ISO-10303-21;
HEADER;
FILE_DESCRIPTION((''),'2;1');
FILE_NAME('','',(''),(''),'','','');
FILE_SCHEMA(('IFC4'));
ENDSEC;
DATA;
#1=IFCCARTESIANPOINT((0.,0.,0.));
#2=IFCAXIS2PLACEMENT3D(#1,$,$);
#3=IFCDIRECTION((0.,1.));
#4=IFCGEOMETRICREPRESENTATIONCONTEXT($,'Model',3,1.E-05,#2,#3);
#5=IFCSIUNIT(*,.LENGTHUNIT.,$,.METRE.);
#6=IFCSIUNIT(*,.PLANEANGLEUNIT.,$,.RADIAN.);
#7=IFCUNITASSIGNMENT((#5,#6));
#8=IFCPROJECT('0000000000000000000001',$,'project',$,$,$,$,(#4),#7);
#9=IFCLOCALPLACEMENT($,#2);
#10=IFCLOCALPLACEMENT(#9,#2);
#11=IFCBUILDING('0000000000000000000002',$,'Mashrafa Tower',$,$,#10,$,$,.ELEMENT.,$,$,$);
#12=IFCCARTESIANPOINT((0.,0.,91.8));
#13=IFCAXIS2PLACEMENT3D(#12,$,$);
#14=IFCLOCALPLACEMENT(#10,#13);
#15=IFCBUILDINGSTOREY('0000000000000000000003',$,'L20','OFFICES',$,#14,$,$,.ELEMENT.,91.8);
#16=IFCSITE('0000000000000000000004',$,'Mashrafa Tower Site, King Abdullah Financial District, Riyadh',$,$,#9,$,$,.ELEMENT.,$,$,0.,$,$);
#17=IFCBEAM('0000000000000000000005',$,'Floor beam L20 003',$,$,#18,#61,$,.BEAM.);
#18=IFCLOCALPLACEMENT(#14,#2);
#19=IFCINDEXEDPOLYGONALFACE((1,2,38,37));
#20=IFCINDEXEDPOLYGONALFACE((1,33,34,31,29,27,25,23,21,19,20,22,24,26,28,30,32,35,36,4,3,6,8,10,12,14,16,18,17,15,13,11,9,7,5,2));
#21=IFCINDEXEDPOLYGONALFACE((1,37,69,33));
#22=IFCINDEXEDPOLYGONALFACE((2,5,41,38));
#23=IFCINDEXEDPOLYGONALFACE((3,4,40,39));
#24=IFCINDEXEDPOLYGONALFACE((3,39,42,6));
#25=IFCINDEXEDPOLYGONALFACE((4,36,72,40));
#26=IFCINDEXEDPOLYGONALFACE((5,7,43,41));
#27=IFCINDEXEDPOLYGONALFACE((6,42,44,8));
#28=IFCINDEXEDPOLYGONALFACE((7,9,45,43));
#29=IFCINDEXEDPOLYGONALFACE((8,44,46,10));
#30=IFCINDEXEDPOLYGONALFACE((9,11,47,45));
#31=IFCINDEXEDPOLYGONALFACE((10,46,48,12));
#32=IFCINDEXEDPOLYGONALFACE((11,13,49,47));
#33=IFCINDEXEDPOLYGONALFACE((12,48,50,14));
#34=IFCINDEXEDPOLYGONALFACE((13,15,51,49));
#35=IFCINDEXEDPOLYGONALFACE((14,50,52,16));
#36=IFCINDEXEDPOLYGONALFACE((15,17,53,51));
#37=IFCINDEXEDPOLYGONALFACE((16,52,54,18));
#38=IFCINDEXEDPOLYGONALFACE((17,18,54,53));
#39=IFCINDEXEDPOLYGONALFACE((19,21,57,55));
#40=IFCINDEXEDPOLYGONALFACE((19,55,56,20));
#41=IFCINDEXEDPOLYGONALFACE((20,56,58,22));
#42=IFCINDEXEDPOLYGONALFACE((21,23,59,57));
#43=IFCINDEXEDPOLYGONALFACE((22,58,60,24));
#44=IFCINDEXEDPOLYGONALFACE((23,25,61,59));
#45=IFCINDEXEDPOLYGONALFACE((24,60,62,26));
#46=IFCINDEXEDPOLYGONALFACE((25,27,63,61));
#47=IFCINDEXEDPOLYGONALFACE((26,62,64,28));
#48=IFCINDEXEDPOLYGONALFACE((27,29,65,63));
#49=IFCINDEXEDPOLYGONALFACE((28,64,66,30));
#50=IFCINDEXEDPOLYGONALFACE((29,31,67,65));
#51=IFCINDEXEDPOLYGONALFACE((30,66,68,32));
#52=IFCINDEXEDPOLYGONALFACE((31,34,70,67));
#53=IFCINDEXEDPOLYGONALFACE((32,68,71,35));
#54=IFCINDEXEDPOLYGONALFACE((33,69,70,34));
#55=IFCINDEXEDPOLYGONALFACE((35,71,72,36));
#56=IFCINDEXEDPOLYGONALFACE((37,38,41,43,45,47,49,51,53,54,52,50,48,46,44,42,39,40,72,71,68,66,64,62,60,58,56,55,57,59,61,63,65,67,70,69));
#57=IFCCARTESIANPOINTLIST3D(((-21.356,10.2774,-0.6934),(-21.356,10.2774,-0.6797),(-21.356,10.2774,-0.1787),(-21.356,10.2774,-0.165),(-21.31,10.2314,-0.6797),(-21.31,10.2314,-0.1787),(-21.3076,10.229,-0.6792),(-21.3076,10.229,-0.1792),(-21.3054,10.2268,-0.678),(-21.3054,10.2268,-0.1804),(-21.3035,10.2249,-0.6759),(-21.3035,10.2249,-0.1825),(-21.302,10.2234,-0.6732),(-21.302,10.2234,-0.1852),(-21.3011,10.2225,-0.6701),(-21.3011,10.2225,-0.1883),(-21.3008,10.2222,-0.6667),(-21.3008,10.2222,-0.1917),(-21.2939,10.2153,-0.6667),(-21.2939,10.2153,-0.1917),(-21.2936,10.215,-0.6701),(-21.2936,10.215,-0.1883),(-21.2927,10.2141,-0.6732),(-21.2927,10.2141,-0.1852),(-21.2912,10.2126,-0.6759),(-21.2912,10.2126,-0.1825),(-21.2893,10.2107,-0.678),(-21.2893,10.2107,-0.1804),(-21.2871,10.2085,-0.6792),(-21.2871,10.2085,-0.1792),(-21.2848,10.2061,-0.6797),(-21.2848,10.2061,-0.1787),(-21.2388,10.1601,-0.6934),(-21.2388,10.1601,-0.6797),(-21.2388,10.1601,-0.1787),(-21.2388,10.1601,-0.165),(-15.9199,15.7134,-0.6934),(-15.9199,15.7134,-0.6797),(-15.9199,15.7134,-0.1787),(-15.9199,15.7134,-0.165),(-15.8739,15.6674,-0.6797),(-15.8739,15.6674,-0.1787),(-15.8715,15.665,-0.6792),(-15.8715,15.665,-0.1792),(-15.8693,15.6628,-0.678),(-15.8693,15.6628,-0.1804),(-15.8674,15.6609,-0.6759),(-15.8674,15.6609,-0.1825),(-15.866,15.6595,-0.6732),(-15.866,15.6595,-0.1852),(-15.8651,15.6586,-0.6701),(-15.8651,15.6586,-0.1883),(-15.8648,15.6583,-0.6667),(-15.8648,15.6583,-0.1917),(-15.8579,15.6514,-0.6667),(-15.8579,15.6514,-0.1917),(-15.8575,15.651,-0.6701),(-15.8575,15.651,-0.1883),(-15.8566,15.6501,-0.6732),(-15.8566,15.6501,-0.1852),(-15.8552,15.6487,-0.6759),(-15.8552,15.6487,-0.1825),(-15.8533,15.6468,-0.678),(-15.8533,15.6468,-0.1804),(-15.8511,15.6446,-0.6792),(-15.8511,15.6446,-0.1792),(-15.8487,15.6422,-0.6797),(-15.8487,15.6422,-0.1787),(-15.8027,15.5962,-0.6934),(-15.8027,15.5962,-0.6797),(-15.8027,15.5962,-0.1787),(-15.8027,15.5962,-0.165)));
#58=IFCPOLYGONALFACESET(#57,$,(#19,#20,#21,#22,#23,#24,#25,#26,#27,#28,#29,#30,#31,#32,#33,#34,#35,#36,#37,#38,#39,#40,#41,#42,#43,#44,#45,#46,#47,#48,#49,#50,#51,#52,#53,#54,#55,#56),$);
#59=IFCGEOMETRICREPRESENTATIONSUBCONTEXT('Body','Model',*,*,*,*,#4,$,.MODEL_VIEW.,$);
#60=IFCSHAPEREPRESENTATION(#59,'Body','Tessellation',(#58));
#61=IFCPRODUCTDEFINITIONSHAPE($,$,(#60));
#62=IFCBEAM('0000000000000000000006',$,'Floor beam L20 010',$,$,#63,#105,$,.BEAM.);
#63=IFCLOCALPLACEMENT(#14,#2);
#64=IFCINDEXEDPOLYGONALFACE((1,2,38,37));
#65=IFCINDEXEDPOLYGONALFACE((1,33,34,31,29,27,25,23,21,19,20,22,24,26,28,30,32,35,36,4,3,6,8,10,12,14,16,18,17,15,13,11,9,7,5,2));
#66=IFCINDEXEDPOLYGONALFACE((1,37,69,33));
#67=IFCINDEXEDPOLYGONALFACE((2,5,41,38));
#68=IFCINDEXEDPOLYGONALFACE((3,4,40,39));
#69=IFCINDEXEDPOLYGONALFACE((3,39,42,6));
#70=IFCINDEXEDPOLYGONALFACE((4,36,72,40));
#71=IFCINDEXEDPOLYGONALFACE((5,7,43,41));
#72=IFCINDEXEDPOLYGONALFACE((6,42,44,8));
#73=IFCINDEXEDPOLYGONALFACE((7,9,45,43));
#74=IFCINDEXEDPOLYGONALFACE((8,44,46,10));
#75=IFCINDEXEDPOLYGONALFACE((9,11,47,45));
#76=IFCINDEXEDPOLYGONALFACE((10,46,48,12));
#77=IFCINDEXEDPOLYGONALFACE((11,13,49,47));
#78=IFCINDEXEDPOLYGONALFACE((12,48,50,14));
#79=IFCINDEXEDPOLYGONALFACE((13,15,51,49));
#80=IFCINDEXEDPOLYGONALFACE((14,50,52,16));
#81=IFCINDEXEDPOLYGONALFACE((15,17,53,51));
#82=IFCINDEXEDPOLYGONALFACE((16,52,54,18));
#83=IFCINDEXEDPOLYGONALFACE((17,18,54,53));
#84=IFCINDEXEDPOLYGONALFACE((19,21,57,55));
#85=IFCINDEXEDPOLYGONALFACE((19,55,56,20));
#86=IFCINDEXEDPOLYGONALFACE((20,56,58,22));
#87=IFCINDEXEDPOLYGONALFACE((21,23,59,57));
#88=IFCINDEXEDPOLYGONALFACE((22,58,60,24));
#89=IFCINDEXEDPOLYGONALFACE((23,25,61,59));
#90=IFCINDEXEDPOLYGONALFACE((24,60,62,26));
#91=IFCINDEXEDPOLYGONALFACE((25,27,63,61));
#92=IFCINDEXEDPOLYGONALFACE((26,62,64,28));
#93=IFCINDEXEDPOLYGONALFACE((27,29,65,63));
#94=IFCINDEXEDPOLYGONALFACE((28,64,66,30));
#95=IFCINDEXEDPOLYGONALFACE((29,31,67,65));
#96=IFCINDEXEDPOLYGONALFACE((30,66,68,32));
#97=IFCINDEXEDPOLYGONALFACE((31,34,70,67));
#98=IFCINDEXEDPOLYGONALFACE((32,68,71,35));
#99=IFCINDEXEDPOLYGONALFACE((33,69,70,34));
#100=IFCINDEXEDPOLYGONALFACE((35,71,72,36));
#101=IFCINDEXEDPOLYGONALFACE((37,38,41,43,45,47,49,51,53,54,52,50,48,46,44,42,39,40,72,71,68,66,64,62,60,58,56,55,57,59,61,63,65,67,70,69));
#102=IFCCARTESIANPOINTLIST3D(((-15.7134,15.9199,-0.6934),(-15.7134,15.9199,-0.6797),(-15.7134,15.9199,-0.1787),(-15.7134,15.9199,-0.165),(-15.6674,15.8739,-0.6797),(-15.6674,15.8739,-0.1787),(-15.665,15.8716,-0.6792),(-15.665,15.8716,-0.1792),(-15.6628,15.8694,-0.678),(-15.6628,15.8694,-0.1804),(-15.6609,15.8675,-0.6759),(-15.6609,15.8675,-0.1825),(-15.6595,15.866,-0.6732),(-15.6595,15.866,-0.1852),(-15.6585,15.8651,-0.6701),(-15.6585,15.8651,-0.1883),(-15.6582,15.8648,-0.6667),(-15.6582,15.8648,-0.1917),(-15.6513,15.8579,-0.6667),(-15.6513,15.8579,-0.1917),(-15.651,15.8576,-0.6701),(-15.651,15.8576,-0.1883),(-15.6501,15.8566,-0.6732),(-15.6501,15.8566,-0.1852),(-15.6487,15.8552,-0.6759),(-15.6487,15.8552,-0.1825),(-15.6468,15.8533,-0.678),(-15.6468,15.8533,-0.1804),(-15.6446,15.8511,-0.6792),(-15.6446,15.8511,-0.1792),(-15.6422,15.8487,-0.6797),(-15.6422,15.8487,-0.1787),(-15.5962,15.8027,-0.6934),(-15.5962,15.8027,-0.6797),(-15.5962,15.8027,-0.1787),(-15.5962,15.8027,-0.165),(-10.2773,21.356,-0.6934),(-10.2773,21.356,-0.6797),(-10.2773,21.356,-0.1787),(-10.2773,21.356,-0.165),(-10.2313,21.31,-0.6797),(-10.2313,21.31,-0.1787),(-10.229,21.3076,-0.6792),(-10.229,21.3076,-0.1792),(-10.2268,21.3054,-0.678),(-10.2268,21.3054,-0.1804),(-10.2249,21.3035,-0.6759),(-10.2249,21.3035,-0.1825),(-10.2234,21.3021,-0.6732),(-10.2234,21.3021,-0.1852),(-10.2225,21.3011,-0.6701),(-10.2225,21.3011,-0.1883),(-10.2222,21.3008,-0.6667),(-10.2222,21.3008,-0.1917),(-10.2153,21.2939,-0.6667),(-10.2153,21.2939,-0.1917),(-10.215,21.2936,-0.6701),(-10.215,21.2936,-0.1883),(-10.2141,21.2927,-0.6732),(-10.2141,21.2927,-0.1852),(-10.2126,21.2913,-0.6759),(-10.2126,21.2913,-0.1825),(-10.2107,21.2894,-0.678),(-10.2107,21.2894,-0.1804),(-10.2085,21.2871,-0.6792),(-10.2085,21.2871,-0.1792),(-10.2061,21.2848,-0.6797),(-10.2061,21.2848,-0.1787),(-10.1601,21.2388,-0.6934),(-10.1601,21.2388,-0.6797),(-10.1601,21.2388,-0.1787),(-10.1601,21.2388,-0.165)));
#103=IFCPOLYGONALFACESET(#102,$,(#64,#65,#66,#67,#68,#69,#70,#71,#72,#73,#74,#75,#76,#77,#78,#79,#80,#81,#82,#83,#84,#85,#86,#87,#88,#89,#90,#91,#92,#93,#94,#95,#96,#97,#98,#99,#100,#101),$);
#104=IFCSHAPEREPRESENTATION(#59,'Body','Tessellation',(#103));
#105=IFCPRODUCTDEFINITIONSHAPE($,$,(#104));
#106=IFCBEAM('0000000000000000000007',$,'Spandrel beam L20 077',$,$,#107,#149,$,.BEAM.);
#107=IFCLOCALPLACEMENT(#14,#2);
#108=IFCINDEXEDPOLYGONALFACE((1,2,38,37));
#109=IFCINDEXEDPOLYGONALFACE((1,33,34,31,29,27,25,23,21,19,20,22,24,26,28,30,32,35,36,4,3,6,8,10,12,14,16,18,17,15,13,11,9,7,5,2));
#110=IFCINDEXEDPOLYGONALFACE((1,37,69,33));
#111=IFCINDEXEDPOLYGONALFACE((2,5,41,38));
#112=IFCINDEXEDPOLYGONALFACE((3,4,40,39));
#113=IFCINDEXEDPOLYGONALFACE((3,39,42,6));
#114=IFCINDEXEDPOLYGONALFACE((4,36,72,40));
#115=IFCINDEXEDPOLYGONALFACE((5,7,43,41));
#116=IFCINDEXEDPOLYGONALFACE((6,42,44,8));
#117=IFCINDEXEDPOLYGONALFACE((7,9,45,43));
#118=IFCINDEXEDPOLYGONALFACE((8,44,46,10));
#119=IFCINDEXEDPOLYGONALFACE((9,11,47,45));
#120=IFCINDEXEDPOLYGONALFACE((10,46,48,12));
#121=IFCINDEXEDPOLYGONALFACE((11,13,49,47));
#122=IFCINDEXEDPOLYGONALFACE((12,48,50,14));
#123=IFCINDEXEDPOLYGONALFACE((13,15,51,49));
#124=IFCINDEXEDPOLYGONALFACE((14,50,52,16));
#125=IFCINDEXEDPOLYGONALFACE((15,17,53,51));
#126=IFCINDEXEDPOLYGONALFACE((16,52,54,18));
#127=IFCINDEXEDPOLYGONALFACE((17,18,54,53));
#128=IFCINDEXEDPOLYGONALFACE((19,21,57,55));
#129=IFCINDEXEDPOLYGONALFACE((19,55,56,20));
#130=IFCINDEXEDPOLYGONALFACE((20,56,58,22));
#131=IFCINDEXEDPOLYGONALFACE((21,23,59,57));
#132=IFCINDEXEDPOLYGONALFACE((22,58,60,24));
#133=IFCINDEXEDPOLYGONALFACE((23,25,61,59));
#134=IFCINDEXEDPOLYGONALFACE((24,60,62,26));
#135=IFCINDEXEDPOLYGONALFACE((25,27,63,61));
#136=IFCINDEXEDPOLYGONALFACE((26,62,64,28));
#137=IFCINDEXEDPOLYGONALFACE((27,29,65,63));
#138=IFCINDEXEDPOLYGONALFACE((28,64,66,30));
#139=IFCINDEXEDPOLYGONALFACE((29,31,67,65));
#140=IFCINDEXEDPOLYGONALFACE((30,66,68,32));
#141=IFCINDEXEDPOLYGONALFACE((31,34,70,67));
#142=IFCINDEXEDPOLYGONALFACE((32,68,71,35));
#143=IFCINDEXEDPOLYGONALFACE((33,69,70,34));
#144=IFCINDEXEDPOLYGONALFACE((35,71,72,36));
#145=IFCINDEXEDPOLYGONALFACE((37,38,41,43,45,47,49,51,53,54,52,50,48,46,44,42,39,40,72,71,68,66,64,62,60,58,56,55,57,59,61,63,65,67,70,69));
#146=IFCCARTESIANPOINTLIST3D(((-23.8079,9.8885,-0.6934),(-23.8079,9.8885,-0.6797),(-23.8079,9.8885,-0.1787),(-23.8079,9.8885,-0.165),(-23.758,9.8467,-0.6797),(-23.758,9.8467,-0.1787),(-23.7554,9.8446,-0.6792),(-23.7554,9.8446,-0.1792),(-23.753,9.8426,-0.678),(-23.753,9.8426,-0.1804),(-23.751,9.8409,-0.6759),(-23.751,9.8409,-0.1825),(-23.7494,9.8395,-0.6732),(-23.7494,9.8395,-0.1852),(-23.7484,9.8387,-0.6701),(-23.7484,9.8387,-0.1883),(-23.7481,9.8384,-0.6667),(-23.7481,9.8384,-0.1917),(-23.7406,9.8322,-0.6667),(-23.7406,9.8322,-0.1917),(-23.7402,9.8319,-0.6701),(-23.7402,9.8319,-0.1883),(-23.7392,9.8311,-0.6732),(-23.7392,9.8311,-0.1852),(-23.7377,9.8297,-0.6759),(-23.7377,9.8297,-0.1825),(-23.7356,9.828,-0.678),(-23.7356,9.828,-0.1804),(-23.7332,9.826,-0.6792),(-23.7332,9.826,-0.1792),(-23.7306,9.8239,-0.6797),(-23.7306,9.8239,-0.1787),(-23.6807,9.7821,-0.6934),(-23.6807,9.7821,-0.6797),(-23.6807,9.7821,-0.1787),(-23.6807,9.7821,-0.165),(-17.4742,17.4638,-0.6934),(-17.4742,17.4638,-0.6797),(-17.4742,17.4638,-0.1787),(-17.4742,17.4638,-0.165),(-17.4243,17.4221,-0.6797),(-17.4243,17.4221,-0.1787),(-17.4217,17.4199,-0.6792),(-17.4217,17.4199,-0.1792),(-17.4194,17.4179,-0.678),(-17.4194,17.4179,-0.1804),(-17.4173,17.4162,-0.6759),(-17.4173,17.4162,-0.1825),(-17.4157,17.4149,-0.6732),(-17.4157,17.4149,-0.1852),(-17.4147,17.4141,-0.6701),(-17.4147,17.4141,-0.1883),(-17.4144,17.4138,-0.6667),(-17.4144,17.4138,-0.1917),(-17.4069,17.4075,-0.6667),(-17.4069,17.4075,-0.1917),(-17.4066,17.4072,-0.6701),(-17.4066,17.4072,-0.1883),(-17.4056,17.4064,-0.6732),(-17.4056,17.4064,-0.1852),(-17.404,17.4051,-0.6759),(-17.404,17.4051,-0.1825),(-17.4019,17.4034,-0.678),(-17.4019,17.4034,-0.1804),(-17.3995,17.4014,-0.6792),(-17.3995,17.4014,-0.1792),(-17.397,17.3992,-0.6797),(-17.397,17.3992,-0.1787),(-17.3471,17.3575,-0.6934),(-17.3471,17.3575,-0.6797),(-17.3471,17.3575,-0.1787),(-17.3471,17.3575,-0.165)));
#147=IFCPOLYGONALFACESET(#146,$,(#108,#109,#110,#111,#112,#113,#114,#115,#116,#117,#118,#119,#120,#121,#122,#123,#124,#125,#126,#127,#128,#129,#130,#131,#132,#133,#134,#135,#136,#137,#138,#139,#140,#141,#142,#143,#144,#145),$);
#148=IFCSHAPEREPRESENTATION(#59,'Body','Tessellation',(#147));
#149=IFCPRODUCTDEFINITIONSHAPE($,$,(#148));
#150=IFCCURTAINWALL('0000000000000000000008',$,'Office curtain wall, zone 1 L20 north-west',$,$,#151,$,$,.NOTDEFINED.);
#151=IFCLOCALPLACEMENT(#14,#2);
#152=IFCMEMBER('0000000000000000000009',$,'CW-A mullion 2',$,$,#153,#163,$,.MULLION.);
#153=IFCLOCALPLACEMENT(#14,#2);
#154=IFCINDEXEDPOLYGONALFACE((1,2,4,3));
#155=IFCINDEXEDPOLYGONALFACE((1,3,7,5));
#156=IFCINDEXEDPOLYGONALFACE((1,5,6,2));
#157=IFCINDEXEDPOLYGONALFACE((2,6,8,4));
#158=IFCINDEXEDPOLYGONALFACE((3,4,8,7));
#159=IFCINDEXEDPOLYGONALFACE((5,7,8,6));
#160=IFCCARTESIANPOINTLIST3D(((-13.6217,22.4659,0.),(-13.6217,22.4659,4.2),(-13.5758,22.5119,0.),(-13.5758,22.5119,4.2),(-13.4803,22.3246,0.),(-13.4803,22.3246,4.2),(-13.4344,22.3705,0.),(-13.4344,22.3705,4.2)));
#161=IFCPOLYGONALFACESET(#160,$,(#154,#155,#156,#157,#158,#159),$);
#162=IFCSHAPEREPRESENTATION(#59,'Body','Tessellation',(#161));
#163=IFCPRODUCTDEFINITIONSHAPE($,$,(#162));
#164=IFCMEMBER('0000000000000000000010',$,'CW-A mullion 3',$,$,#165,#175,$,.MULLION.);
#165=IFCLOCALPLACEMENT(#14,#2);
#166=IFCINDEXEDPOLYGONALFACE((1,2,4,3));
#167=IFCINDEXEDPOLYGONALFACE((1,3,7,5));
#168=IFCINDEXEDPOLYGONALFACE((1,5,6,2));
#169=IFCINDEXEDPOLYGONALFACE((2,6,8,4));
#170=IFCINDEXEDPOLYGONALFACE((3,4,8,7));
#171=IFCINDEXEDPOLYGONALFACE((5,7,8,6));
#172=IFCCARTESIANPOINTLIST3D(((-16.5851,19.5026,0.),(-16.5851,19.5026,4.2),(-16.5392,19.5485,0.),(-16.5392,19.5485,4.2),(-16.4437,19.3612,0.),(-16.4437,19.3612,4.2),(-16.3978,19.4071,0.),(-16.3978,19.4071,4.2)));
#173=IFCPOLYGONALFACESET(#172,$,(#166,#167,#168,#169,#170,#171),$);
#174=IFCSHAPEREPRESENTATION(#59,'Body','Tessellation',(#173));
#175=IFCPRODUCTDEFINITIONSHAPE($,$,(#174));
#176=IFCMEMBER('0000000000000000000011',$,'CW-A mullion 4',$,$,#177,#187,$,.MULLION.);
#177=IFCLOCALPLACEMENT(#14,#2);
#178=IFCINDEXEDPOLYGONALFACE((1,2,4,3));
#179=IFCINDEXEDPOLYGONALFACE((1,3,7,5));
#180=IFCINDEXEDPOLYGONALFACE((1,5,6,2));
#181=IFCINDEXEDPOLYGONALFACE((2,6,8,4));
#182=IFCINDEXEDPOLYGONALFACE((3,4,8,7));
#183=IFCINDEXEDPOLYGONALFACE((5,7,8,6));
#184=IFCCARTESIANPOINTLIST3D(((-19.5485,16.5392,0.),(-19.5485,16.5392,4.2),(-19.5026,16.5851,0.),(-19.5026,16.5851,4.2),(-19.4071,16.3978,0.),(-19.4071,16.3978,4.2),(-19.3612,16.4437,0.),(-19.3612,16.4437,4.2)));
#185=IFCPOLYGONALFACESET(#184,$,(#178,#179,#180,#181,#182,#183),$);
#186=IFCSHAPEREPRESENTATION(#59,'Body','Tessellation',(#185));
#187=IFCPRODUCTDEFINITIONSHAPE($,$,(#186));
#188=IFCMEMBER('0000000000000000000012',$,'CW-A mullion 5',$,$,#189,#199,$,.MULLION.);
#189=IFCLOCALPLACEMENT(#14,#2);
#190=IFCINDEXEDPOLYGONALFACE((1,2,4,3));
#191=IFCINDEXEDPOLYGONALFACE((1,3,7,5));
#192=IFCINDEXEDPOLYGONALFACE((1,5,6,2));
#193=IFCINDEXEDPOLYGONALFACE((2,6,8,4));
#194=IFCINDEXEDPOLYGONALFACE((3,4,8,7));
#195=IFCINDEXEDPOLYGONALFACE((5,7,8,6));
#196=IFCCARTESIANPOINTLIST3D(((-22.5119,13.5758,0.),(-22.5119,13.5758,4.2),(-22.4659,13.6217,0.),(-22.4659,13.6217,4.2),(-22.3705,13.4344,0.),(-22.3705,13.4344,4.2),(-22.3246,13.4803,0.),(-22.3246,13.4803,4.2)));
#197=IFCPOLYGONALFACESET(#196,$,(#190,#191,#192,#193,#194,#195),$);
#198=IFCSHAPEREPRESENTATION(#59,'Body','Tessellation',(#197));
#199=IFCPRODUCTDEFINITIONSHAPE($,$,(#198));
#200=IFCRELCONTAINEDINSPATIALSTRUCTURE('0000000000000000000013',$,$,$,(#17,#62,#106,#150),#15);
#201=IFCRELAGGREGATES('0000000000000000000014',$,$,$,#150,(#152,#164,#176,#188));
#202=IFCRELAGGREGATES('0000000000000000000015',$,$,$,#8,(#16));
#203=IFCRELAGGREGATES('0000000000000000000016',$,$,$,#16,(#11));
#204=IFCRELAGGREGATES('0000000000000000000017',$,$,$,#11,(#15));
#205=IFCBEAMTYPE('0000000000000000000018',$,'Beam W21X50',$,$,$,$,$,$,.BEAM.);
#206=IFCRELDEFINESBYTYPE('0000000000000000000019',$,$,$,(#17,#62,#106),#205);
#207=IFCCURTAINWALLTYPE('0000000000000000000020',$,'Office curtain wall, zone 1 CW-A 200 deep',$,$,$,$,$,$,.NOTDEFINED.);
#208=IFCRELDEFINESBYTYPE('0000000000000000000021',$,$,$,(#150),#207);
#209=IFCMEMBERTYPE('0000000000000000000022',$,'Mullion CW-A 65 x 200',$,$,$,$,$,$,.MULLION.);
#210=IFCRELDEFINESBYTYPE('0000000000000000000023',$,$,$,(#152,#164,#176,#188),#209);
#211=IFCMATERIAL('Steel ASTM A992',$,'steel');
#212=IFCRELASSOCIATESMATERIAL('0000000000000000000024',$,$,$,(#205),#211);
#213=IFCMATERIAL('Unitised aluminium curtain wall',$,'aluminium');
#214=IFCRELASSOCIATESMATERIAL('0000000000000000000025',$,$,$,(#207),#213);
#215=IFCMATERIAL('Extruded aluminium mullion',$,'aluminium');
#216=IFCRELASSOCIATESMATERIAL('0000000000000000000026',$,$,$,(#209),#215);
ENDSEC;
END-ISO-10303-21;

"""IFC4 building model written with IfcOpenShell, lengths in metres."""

from ifc_helpers import new_model, si_unit, direction, frame, origin, origin_2d, place, context, subcontext, project, spatial, rectangle, i_section, extrude, source, transform, mapped, material, material_profile, profile_set, type_object, type_shapes, element, aggregate, save


model = new_model("IFC4")

# Units and contexts
model_context = context("Model", 3, precision=1e-05, world=origin(), true_north=direction((0.0, 1.0)))
body_context = subcontext(model_context, "Body", "Model", "MODEL_VIEW")
ifc_project = project(units=[si_unit("LENGTHUNIT", "METRE"), si_unit("PLANEANGLEUNIT", "RADIAN")], contexts=[model_context])

# Site, building, storey
site_placement = place(None, origin())
site = spatial("IfcSite", under=ifc_project, at=site_placement, Name="Mashrafa Tower Site, King Abdullah Financial District, Riyadh", CompositionType="ELEMENT", RefElevation=0.0)
building_placement = place(site_placement, origin())
building = spatial("IfcBuilding", under=site, at=building_placement, Name="Mashrafa Tower", CompositionType="ELEMENT")
storey_placement = place(building_placement, frame((0.0, 0.0, 91.8)))
storey = spatial("IfcBuildingStorey", under=building, at=storey_placement, Name="L20", Description="OFFICES", CompositionType="ELEMENT", Elevation=91.8)

# Beams
ifc_material_1 = material(Name="Steel ASTM A992", Category="steel")
ifc_material_profile_1 = material_profile(ifc_material_1, i_section(OverallWidth=0.1658, OverallDepth=0.5283, WebThickness=0.0098, FlangeThickness=0.0137, FilletRadius=0.0129, at=origin_2d()), Name="W21X50")
ifc_profile_set_1 = profile_set([ifc_material_profile_1], Name="Steel ASTM A992")
beam_type_1 = type_object("IfcBeamType", Name="Beam W21X50", PredefinedType="BEAM", material=ifc_profile_set_1)
for number, where, z_axis, x_axis, name in (
    (1, (-21.2974, 10.2188, -0.4292), (0.707107, 0.707107, 0.0), (-0.707107, 0.707107, 0.0), "Floor beam L20 003"),
    (2, (-15.6548, 15.8613, -0.4292), (0.707107, 0.707107, 0.0), (-0.707107, 0.707107, 0.0), "Floor beam L20 010"),
):
    element("IfcBeam", number, at=place(storey_placement, frame(where, z_axis=z_axis, x_axis=x_axis)), inside=storey, type_object=beam_type_1, Name=name, PredefinedType="BEAM", context=body_context, shape_type="SweptSolid", body=[
        extrude(i_section(OverallWidth=0.1658, OverallDepth=0.5283, WebThickness=0.0098, FlangeThickness=0.0137, FilletRadius=0.0129, at=origin_2d()), origin(), (0.0, 0.0, 1.0), 7.6877),
    ])
beam_1_placement = place(storey_placement, frame((-17.4106, 17.4106, -0.4292), z_axis=(-0.641431, -0.767181, 0.0), x_axis=(0.767181, -0.641431, 0.0)))
element("IfcBeam", 3, at=beam_1_placement, inside=storey, type_object=beam_type_1, Name="Spandrel beam L20 077", PredefinedType="BEAM", context=body_context, shape_type="SweptSolid", body=[
    extrude(i_section(OverallWidth=0.1658, OverallDepth=0.5283, WebThickness=0.0098, FlangeThickness=0.0137, FilletRadius=0.0129, at=origin_2d()), origin(), (0.0, 0.0, 1.0), 9.8743),
])

# Curtain wall, members
ifc_material_2 = material(Name="Unitised aluminium curtain wall", Category="aluminium")
curtain_wall_type = type_object("IfcCurtainWallType", Name="Office curtain wall, zone 1 CW-A 200 deep", PredefinedType="NOTDEFINED", material=ifc_material_2)
curtain_wall_1_placement = place(storey_placement, origin())
curtain_wall_1 = element("IfcCurtainWall", 4, at=curtain_wall_1_placement, inside=storey, type_object=curtain_wall_type, Name="Office curtain wall, zone 1 L20 north-west", PredefinedType="NOTDEFINED")
ifc_material_3 = material(Name="Extruded aluminium mullion", Category="aluminium")
ifc_material_profile_2 = material_profile(ifc_material_3, rectangle(XDim=0.2, YDim=0.0649, at=origin_2d()), Name="Mullion 65x200")
ifc_profile_set_2 = profile_set([ifc_material_profile_2], Name="Extruded aluminium mullion")
member_type_1 = type_object("IfcMemberType", Name="Mullion CW-A 65 x 200", PredefinedType="MULLION", material=ifc_profile_set_2)
shared_shape_1 = source(origin(), body_context, "Body", "SweptSolid", [
    extrude(rectangle(XDim=0.2, YDim=0.0649, at=origin_2d()), origin(), (0.0, 0.0, 1.0), 4.2),
])
type_shapes(member_type_1, [shared_shape_1])
member_1_placement = place(storey_placement, frame((-13.5281, 22.4182, 0.0), z_axis=(0.0, 0.0, 1.0), x_axis=(0.707107, -0.707107, 0.0)))
member_1 = element("IfcMember", 5, at=member_1_placement, type_object=member_type_1, Name="CW-A mullion 2", PredefinedType="MULLION", context=body_context, shape_type="MappedRepresentation", body=[
    mapped(shared_shape_1, transform((0.0, 0.0, 0.0))),
])
member_2_placement = place(storey_placement, frame((-16.4915, 19.4548, 0.0), z_axis=(0.0, 0.0, 1.0), x_axis=(0.707107, -0.707107, 0.0)))
member_2 = element("IfcMember", 6, at=member_2_placement, type_object=member_type_1, Name="CW-A mullion 3", PredefinedType="MULLION", context=body_context, shape_type="MappedRepresentation", body=[
    mapped(shared_shape_1, transform((0.0, 0.0, 0.0))),
])
member_3_placement = place(storey_placement, frame((-19.4548, 16.4915, 0.0), z_axis=(0.0, 0.0, 1.0), x_axis=(0.707107, -0.707107, 0.0)))
member_3 = element("IfcMember", 7, at=member_3_placement, type_object=member_type_1, Name="CW-A mullion 4", PredefinedType="MULLION", context=body_context, shape_type="MappedRepresentation", body=[
    mapped(shared_shape_1, transform((0.0, 0.0, 0.0))),
])
member_4_placement = place(storey_placement, frame((-22.4182, 13.5281, 0.0), z_axis=(0.0, 0.0, 1.0), x_axis=(0.707107, -0.707107, 0.0)))
member_4 = element("IfcMember", 8, at=member_4_placement, type_object=member_type_1, Name="CW-A mullion 5", PredefinedType="MULLION", context=body_context, shape_type="MappedRepresentation", body=[
    mapped(shared_shape_1, transform((0.0, 0.0, 0.0))),
])

aggregate(curtain_wall_1, [member_1, member_2, member_3, member_4])

save(model, "model.ifc")
